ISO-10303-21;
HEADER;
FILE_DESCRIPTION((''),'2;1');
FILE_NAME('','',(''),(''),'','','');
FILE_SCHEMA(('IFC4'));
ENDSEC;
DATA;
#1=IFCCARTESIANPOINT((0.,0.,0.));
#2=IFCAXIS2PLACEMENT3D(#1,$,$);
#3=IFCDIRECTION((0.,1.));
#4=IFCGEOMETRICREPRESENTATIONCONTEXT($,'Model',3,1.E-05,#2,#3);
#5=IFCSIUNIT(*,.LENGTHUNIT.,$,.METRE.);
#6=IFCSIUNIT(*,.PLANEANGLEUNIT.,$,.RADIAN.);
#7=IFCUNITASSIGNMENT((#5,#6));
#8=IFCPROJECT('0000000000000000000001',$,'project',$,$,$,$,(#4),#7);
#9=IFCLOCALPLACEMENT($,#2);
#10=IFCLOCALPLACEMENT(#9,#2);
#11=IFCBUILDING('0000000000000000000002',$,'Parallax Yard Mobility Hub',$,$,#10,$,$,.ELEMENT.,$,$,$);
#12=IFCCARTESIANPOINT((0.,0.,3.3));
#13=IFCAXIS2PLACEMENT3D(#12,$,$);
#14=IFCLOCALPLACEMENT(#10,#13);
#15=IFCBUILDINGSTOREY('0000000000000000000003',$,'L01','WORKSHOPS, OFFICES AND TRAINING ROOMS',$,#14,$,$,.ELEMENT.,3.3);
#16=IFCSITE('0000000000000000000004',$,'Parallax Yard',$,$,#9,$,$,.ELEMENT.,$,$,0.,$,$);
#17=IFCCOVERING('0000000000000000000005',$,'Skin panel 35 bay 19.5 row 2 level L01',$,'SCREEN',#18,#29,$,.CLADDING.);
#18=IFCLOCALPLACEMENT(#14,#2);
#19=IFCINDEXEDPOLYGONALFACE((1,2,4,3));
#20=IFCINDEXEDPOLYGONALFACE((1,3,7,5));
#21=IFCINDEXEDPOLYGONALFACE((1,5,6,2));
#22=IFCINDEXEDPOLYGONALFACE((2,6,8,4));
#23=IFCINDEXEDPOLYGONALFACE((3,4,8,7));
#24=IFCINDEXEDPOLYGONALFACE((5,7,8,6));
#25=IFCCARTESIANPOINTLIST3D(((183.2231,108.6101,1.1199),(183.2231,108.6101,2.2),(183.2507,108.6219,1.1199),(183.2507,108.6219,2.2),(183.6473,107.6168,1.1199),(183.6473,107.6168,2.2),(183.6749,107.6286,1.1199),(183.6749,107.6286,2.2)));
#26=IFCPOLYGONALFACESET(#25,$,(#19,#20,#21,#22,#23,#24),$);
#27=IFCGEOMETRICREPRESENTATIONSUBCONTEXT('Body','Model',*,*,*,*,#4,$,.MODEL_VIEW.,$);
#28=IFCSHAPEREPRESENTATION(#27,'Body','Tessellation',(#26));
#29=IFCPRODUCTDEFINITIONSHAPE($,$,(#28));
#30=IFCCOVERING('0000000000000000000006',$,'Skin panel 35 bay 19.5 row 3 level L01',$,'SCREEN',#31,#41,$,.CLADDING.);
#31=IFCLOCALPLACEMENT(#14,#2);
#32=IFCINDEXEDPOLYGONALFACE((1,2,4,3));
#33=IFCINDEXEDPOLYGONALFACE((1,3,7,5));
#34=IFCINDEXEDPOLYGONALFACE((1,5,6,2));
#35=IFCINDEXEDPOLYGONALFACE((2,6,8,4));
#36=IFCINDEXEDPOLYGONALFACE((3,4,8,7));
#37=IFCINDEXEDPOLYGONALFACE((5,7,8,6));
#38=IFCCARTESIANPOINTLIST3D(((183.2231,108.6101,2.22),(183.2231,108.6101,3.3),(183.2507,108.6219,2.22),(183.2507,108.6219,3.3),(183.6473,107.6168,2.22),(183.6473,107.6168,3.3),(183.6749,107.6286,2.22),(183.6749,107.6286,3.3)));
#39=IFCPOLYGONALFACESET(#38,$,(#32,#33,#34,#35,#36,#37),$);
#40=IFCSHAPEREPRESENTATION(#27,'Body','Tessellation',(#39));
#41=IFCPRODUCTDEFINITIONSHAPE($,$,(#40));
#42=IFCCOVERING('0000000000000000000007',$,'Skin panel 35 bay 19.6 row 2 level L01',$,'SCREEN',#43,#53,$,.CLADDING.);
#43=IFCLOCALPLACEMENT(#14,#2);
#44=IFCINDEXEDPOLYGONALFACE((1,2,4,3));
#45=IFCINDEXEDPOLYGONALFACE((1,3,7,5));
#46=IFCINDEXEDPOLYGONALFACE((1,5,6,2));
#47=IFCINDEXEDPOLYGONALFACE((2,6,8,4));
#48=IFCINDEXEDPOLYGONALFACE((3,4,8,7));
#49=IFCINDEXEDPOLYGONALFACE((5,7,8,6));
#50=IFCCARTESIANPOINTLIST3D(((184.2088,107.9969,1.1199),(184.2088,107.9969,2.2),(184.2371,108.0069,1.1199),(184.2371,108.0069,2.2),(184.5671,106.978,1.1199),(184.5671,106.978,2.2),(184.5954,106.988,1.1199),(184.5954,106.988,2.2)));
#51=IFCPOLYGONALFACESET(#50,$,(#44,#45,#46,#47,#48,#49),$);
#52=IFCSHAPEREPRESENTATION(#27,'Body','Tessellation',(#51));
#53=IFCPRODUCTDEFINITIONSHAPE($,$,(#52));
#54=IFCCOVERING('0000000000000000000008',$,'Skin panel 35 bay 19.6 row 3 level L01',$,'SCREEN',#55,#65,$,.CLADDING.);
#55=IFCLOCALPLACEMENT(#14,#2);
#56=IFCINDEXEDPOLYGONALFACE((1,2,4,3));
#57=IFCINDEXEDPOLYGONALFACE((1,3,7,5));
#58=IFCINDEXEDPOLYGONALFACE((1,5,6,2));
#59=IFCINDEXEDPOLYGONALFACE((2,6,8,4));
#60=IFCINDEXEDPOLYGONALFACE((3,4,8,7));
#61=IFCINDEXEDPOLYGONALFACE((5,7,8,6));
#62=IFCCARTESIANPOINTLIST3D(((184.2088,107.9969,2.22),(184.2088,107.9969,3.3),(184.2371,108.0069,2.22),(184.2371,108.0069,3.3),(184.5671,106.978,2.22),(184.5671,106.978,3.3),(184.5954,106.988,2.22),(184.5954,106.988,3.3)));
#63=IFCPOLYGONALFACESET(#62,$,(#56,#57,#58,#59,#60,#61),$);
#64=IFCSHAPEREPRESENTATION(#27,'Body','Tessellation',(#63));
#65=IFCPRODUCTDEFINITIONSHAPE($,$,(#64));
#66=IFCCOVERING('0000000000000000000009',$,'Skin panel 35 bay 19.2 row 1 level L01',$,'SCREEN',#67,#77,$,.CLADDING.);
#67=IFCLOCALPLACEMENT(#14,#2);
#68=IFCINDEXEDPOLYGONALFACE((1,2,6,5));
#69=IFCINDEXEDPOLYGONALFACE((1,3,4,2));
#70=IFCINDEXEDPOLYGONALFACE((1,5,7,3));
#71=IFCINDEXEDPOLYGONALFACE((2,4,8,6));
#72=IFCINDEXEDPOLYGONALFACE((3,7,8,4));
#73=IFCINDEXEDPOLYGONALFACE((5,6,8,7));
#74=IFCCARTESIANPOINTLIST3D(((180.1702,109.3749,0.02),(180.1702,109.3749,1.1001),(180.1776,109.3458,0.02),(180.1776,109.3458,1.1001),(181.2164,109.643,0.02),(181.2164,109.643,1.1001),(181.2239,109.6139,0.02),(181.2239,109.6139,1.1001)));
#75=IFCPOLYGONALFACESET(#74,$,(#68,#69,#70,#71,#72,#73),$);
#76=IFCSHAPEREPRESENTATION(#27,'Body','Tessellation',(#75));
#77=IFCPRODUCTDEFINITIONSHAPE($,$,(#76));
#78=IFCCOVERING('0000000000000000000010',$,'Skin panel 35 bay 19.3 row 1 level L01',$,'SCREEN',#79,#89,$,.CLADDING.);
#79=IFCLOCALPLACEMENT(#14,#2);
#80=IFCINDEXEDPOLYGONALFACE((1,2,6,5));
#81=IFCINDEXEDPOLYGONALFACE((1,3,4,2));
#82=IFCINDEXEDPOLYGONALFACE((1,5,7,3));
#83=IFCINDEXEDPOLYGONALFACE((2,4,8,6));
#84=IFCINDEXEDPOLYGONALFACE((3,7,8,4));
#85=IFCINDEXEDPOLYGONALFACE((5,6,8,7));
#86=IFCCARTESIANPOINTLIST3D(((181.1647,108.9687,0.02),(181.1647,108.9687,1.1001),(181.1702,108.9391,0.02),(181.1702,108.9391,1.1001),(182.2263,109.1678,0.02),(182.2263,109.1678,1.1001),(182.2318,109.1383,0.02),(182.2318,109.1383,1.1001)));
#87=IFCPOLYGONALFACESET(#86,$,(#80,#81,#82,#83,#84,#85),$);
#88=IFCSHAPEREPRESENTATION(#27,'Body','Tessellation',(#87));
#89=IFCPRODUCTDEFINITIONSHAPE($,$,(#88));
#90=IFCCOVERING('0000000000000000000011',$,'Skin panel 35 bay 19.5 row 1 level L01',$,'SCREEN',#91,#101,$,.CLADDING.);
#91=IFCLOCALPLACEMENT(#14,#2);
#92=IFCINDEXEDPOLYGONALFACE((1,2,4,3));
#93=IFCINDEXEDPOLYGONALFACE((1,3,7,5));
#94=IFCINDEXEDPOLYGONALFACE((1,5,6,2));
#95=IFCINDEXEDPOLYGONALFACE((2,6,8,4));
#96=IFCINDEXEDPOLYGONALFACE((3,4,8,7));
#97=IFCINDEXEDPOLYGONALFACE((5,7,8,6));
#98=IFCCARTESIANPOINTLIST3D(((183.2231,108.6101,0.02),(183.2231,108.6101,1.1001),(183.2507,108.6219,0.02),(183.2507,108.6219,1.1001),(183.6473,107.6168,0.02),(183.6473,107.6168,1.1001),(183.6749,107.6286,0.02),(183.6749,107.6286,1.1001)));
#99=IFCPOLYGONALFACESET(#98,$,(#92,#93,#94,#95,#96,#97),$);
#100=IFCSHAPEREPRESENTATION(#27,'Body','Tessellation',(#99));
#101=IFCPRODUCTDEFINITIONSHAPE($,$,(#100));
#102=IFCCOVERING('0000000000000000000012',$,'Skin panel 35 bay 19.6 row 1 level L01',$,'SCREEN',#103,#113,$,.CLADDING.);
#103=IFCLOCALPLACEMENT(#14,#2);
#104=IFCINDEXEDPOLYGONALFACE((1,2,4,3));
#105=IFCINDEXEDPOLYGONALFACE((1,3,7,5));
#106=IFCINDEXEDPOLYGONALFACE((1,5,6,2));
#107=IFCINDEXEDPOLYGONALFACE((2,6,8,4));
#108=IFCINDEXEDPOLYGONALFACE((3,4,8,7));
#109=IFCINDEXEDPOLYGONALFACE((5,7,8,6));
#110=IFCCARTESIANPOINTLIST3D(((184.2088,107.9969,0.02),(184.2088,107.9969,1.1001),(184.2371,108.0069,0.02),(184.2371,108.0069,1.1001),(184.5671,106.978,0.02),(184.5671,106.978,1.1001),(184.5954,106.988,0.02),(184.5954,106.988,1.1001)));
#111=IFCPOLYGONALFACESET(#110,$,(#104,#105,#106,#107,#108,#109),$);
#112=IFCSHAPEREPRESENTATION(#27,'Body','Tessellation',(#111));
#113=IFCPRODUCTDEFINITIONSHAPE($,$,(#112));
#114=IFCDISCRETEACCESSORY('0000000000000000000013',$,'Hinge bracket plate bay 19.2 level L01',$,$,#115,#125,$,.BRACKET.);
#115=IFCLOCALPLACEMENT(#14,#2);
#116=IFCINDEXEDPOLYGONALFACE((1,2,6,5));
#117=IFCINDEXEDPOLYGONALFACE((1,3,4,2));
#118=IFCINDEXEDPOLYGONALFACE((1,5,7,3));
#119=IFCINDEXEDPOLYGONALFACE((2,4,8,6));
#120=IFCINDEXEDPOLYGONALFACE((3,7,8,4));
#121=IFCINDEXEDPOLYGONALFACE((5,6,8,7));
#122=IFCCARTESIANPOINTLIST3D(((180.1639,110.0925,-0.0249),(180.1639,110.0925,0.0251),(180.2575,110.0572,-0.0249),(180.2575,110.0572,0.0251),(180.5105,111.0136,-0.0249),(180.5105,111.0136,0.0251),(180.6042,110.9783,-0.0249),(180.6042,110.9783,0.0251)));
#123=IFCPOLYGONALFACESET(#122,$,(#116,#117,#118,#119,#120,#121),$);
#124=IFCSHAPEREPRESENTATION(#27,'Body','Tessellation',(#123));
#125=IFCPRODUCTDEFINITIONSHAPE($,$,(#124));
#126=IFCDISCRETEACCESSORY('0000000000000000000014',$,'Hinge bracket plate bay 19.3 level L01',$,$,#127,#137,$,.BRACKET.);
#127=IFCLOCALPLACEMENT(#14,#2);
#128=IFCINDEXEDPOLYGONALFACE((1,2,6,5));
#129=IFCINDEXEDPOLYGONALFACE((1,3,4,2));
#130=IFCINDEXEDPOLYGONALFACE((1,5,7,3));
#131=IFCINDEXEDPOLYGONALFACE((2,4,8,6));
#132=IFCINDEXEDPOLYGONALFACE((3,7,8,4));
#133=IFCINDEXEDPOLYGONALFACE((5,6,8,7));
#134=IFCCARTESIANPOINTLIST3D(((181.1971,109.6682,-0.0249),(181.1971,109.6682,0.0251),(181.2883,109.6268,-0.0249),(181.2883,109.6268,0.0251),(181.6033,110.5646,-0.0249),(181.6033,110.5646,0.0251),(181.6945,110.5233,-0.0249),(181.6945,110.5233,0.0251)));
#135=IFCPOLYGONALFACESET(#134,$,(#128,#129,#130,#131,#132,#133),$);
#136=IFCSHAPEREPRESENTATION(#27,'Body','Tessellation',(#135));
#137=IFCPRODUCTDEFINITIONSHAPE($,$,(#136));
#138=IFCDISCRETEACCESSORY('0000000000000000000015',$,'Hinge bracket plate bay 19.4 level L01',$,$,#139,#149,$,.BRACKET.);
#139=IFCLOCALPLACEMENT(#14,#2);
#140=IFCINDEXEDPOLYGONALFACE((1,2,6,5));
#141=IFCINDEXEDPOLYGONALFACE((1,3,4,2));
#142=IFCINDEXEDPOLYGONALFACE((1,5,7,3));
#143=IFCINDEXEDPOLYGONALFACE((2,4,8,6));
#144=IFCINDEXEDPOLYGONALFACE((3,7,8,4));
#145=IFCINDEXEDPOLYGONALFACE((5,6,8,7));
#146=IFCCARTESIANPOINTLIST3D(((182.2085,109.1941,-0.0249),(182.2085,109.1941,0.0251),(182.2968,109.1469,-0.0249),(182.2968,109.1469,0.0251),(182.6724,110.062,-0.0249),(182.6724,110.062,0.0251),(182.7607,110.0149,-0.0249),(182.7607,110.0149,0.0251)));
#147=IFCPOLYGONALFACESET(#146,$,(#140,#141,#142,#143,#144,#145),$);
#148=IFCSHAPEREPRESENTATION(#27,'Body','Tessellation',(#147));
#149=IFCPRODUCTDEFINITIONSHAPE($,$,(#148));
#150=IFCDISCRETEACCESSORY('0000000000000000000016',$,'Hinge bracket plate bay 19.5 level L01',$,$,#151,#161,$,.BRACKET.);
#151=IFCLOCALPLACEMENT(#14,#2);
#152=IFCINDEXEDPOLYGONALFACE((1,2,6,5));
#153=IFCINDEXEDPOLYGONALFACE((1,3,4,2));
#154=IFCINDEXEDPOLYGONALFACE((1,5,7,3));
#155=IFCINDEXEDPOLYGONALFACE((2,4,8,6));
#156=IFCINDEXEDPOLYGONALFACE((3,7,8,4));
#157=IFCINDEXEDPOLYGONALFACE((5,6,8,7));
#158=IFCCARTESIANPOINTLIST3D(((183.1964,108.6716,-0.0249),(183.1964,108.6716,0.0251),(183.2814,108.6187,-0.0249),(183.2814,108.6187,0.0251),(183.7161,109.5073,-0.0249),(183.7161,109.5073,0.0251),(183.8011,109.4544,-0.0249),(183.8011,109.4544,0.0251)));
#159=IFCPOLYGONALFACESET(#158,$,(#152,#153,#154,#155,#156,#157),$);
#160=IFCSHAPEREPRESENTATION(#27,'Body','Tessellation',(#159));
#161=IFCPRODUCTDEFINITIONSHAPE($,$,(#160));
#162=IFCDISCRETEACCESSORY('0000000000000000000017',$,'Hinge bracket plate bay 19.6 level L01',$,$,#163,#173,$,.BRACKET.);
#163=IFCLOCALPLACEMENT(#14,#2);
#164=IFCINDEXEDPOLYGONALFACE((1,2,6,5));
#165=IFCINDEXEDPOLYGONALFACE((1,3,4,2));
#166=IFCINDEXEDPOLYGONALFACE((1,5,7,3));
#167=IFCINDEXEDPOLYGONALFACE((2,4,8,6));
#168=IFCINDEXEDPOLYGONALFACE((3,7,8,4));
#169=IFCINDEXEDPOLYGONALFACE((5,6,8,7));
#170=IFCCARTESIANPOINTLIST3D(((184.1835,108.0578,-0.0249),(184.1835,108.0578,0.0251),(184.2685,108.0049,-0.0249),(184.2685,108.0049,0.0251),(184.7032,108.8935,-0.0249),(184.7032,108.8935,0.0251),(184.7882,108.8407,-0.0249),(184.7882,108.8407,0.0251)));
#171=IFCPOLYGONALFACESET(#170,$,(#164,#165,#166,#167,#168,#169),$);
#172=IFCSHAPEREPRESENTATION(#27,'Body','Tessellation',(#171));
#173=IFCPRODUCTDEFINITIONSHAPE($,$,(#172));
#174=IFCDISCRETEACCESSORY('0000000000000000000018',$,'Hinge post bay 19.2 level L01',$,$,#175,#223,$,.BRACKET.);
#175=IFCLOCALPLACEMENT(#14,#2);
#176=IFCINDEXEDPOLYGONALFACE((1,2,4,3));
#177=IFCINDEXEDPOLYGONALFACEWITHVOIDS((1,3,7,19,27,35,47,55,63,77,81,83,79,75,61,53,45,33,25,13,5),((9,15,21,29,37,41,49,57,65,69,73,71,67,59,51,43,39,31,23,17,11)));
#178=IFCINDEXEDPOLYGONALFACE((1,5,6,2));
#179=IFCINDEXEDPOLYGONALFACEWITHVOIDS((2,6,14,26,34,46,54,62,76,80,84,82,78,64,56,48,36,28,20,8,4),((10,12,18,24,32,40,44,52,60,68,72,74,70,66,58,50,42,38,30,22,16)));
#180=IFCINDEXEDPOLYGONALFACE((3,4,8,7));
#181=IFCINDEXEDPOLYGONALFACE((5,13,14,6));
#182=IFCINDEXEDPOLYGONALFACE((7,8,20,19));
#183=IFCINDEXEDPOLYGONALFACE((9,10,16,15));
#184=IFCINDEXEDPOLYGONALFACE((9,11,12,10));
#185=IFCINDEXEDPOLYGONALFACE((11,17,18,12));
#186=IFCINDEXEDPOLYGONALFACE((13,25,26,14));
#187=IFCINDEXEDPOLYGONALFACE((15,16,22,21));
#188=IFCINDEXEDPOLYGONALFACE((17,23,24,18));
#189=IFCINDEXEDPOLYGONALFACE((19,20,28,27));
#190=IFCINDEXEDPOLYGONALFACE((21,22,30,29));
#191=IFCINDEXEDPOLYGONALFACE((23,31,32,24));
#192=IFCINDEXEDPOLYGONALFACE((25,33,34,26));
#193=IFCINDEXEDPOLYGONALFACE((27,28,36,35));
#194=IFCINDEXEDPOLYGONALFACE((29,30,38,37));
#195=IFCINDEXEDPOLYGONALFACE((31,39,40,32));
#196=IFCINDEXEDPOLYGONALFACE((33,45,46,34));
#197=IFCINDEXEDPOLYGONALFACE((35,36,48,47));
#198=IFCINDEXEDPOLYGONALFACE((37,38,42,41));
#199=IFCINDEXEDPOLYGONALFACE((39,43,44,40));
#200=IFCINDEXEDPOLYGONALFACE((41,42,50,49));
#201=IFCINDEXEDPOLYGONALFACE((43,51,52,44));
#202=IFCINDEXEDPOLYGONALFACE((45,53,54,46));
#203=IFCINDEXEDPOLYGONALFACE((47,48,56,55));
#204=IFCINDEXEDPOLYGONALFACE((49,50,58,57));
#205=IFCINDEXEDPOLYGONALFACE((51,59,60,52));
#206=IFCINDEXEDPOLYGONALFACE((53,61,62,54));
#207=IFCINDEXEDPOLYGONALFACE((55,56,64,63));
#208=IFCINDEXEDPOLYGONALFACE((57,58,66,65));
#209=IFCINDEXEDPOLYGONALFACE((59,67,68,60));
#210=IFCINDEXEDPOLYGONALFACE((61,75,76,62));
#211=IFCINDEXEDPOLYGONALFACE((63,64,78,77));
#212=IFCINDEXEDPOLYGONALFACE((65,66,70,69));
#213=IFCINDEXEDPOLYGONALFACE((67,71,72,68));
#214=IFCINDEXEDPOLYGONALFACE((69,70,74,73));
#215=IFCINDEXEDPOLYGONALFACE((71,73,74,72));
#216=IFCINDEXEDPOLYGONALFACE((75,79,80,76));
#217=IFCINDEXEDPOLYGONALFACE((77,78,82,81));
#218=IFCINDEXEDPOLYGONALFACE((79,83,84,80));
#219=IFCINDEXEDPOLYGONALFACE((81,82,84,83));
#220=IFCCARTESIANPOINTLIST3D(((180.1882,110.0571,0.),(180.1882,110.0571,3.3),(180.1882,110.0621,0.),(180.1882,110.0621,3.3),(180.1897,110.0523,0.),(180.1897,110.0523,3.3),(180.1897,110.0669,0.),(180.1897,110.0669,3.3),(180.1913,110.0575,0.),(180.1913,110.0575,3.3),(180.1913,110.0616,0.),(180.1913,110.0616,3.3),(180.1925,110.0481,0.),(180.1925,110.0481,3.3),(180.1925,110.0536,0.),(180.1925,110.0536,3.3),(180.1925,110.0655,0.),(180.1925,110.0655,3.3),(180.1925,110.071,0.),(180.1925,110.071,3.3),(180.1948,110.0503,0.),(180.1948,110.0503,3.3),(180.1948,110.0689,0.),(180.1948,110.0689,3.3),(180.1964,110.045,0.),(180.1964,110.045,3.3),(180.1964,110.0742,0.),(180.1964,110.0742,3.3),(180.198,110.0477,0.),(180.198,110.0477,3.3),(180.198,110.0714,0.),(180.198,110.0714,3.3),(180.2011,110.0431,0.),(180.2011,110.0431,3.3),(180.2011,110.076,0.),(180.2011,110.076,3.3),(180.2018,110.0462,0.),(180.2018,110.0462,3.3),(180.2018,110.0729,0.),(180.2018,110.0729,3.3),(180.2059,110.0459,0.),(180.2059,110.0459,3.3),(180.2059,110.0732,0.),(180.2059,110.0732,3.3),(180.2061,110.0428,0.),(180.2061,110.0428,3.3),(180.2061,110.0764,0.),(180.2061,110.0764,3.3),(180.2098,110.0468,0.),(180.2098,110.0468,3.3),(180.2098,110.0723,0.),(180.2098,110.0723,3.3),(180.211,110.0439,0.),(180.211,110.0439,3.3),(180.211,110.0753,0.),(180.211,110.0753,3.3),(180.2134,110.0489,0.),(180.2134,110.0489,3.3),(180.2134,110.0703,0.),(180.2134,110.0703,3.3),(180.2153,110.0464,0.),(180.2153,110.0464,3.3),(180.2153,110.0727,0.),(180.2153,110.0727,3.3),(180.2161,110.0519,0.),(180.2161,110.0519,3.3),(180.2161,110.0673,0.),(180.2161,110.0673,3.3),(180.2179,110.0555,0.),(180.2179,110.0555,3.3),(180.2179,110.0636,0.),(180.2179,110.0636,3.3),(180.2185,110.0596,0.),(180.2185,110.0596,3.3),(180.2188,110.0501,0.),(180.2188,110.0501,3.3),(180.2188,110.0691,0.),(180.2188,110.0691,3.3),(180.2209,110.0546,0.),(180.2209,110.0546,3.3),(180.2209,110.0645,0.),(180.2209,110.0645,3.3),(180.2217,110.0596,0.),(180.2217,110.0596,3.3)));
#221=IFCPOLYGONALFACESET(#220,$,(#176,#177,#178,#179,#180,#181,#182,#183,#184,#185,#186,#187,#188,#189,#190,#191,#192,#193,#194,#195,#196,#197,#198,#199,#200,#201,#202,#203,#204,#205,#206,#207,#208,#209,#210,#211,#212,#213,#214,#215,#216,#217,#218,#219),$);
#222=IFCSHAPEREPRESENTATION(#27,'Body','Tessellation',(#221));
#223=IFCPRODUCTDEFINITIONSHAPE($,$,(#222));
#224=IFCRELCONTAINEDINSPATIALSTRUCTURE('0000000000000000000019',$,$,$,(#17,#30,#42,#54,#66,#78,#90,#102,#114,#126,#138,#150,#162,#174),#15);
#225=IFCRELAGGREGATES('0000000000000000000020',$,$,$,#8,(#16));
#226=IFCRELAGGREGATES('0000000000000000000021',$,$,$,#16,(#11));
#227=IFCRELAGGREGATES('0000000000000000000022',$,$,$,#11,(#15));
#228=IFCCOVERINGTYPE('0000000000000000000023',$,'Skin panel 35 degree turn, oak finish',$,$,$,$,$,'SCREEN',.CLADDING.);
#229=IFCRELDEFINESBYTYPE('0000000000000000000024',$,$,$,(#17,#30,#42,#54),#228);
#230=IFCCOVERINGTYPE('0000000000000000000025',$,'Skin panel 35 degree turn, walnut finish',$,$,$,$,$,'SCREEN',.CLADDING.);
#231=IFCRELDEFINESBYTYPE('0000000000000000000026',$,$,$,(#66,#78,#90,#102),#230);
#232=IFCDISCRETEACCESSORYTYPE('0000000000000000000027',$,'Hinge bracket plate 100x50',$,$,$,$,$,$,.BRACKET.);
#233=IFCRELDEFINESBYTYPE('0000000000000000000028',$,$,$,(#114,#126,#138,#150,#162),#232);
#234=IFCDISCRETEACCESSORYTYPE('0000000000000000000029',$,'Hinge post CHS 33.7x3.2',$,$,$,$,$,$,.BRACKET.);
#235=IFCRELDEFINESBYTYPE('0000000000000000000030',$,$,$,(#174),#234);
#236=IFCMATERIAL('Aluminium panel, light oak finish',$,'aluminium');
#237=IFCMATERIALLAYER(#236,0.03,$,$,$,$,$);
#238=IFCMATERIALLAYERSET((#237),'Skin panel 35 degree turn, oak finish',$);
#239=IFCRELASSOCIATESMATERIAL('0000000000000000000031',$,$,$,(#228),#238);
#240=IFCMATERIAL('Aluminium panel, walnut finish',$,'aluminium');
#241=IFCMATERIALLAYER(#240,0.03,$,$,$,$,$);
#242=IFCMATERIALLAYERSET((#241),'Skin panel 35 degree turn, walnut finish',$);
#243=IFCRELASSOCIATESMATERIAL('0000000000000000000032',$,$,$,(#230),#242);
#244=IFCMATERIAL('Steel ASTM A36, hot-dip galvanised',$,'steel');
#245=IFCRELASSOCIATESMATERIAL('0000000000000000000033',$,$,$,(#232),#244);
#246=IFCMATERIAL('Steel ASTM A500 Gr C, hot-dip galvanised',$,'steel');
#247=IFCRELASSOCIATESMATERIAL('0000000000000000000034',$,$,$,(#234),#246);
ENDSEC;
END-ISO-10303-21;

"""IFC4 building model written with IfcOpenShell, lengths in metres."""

from ifc_helpers import new_model, si_unit, direction, frame, origin, origin_2d, place, context, subcontext, project, spatial, rectangle, hollow_circle, extrude, material, layer, layer_set, material_profile, profile_set, type_object, element, save


model = new_model("IFC4")

# Units and contexts
model_context = context("Model", 3, precision=1e-05, world=origin(), true_north=direction((0.0, 1.0)))
body_context = subcontext(model_context, "Body", "Model", "MODEL_VIEW")
ifc_project = project(units=[si_unit("LENGTHUNIT", "METRE"), si_unit("PLANEANGLEUNIT", "RADIAN")], contexts=[model_context])

# Site, building, storey
site_placement = place(None, origin())
site = spatial("IfcSite", under=ifc_project, at=site_placement, Name="Parallax Yard", CompositionType="ELEMENT", RefElevation=0.0)
building_placement = place(site_placement, origin())
building = spatial("IfcBuilding", under=site, at=building_placement, Name="Parallax Yard Mobility Hub", CompositionType="ELEMENT")
storey_placement = place(building_placement, frame((0.0, 0.0, 3.3)))
storey = spatial("IfcBuildingStorey", under=building, at=storey_placement, Name="L01", Description="WORKSHOPS, OFFICES AND TRAINING ROOMS", CompositionType="ELEMENT", Elevation=3.3)

# Coverings
ifc_material_1 = material(Name="Aluminium panel, light oak finish", Category="aluminium")
ifc_material_2 = material(Name="Aluminium panel, walnut finish", Category="aluminium")
ifc_layer_1 = layer(ifc_material_1, 0.03)
ifc_layer_set_1 = layer_set([ifc_layer_1], Name="Skin panel 35 degree turn, oak finish")
covering_type_1 = type_object("IfcCoveringType", Name="Skin panel 35 degree turn, oak finish", ElementType="SCREEN", PredefinedType="CLADDING", material=ifc_layer_set_1)
for number, where, z_axis, x_axis, name in (
    (1, (183.449, 108.1194, 1.1199), (0.0, 0.0, 1.0), (0.392738, -0.91965, 0.0), "Skin panel 35 bay 19.5 row 2 level L01"),
    (2, (183.449, 108.1194, 2.22), (0.0, 0.0, 1.0), (0.392738, -0.91965, 0.0), "Skin panel 35 bay 19.5 row 3 level L01"),
    (3, (184.4021, 107.4924, 1.1199), (0.0, 0.0, 1.0), (0.33175, -0.943368, 0.0), "Skin panel 35 bay 19.6 row 2 level L01"),
    (4, (184.4021, 107.4924, 2.22), (0.0, 0.0, 1.0), (0.33175, -0.943368, 0.0), "Skin panel 35 bay 19.6 row 3 level L01"),
):
    element("IfcCovering", number, at=place(storey_placement, frame(where, z_axis=z_axis, x_axis=x_axis)), inside=storey, type_object=covering_type_1, Name=name, ObjectType="SCREEN", PredefinedType="CLADDING", context=body_context, shape_type="SweptSolid", body=[
        extrude(rectangle(XDim=1.0801, YDim=0.03, at=origin_2d()), origin(), (0.0, 0.0, 1.0), 1.0801),
    ])
ifc_layer_2 = layer(ifc_material_2, 0.03)
ifc_layer_set_2 = layer_set([ifc_layer_2], Name="Skin panel 35 degree turn, walnut finish")
covering_type_2 = type_object("IfcCoveringType", Name="Skin panel 35 degree turn, walnut finish", ElementType="SCREEN", PredefinedType="CLADDING", material=ifc_layer_set_2)
for number, where, z_axis, x_axis, name in (
    (5, (180.697, 109.4944, 0.02), (0.0, 0.0, 1.0), (-0.968692, -0.248267, 0.0), "Skin panel 35 bay 19.2 row 1 level L01"),
    (6, (181.6982, 109.0535, 0.02), (0.0, 0.0, 1.0), (-0.982855, -0.18438, 0.0), "Skin panel 35 bay 19.3 row 1 level L01"),
    (7, (183.449, 108.1194, 0.02), (0.0, 0.0, 1.0), (0.392738, -0.91965, 0.0), "Skin panel 35 bay 19.5 row 1 level L01"),
    (8, (184.4021, 107.4924, 0.02), (0.0, 0.0, 1.0), (0.33175, -0.943368, 0.0), "Skin panel 35 bay 19.6 row 1 level L01"),
):
    element("IfcCovering", number, at=place(storey_placement, frame(where, z_axis=z_axis, x_axis=x_axis)), inside=storey, type_object=covering_type_2, Name=name, ObjectType="SCREEN", PredefinedType="CLADDING", context=body_context, shape_type="SweptSolid", body=[
        extrude(rectangle(XDim=1.0801, YDim=0.03, at=origin_2d()), origin(), (0.0, 0.0, 1.0), 1.0801),
    ])

# Discrete accessories
ifc_material_3 = material(Name="Steel ASTM A36, hot-dip galvanised", Category="steel")
discrete_accessory_type_1 = type_object("IfcDiscreteAccessoryType", Name="Hinge bracket plate 100x50", PredefinedType="BRACKET", material=ifc_material_3)
for number, where, z_axis, x_axis, name in (
    (9, (180.384, 110.5354, -0.0249), (0.0, 0.0, 1.0), (-0.35225, -0.935906, 0.0), "Hinge bracket plate bay 19.2 level L01"),
    (10, (181.4458, 110.0957, -0.0249), (0.0, 0.0, 1.0), (-0.412707, -0.910864, 0.0), "Hinge bracket plate bay 19.3 level L01"),
    (11, (182.4846, 109.6045, -0.0249), (0.0, 0.0, 1.0), (-0.471397, -0.881921, 0.0), "Hinge bracket plate bay 19.4 level L01"),
    (12, (183.4988, 109.063, -0.0249), (0.0, 0.0, 1.0), (-0.528068, -0.849202, 0.0), "Hinge bracket plate bay 19.5 level L01"),
    (13, (184.4858, 108.4492, -0.0249), (0.0, 0.0, 1.0), (-0.528068, -0.849202, 0.0), "Hinge bracket plate bay 19.6 level L01"),
):
    element("IfcDiscreteAccessory", number, at=place(storey_placement, frame(where, z_axis=z_axis, x_axis=x_axis)), inside=storey, type_object=discrete_accessory_type_1, Name=name, PredefinedType="BRACKET", context=body_context, shape_type="SweptSolid", body=[
        extrude(rectangle(XDim=0.9841, YDim=0.1001, at=origin_2d()), origin(), (0.0, 0.0, 1.0), 0.05),
    ])
ifc_material_4 = material(Name="Steel ASTM A500 Gr C, hot-dip galvanised", Category="steel")
ifc_material_profile_1 = material_profile(ifc_material_4, hollow_circle(Radius=0.0168, WallThickness=0.0032, at=origin_2d()), Name="CHS 33.7x3.2")
ifc_profile_set_1 = profile_set([ifc_material_profile_1], Name="Steel ASTM A500 Gr C, hot-dip galvanised")
discrete_accessory_type_2 = type_object("IfcDiscreteAccessoryType", Name="Hinge post CHS 33.7x3.2", PredefinedType="BRACKET", material=ifc_profile_set_1)
for number, where, z_axis, x_axis, name in (
    (14, (180.2048, 110.0596, 0.0), (0.0, 0.0, 1.0), (1.0, 0.0, 0.0), "Hinge post bay 19.2 level L01"),
):
    element("IfcDiscreteAccessory", number, at=place(storey_placement, frame(where, z_axis=z_axis, x_axis=x_axis)), inside=storey, type_object=discrete_accessory_type_2, Name=name, PredefinedType="BRACKET", context=body_context, shape_type="SweptSolid", body=[
        extrude(hollow_circle(Radius=0.0168, WallThickness=0.0032, at=origin_2d()), origin(), (0.0, 0.0, 1.0), 3.3),
    ])

save(model, "model.ifc")
